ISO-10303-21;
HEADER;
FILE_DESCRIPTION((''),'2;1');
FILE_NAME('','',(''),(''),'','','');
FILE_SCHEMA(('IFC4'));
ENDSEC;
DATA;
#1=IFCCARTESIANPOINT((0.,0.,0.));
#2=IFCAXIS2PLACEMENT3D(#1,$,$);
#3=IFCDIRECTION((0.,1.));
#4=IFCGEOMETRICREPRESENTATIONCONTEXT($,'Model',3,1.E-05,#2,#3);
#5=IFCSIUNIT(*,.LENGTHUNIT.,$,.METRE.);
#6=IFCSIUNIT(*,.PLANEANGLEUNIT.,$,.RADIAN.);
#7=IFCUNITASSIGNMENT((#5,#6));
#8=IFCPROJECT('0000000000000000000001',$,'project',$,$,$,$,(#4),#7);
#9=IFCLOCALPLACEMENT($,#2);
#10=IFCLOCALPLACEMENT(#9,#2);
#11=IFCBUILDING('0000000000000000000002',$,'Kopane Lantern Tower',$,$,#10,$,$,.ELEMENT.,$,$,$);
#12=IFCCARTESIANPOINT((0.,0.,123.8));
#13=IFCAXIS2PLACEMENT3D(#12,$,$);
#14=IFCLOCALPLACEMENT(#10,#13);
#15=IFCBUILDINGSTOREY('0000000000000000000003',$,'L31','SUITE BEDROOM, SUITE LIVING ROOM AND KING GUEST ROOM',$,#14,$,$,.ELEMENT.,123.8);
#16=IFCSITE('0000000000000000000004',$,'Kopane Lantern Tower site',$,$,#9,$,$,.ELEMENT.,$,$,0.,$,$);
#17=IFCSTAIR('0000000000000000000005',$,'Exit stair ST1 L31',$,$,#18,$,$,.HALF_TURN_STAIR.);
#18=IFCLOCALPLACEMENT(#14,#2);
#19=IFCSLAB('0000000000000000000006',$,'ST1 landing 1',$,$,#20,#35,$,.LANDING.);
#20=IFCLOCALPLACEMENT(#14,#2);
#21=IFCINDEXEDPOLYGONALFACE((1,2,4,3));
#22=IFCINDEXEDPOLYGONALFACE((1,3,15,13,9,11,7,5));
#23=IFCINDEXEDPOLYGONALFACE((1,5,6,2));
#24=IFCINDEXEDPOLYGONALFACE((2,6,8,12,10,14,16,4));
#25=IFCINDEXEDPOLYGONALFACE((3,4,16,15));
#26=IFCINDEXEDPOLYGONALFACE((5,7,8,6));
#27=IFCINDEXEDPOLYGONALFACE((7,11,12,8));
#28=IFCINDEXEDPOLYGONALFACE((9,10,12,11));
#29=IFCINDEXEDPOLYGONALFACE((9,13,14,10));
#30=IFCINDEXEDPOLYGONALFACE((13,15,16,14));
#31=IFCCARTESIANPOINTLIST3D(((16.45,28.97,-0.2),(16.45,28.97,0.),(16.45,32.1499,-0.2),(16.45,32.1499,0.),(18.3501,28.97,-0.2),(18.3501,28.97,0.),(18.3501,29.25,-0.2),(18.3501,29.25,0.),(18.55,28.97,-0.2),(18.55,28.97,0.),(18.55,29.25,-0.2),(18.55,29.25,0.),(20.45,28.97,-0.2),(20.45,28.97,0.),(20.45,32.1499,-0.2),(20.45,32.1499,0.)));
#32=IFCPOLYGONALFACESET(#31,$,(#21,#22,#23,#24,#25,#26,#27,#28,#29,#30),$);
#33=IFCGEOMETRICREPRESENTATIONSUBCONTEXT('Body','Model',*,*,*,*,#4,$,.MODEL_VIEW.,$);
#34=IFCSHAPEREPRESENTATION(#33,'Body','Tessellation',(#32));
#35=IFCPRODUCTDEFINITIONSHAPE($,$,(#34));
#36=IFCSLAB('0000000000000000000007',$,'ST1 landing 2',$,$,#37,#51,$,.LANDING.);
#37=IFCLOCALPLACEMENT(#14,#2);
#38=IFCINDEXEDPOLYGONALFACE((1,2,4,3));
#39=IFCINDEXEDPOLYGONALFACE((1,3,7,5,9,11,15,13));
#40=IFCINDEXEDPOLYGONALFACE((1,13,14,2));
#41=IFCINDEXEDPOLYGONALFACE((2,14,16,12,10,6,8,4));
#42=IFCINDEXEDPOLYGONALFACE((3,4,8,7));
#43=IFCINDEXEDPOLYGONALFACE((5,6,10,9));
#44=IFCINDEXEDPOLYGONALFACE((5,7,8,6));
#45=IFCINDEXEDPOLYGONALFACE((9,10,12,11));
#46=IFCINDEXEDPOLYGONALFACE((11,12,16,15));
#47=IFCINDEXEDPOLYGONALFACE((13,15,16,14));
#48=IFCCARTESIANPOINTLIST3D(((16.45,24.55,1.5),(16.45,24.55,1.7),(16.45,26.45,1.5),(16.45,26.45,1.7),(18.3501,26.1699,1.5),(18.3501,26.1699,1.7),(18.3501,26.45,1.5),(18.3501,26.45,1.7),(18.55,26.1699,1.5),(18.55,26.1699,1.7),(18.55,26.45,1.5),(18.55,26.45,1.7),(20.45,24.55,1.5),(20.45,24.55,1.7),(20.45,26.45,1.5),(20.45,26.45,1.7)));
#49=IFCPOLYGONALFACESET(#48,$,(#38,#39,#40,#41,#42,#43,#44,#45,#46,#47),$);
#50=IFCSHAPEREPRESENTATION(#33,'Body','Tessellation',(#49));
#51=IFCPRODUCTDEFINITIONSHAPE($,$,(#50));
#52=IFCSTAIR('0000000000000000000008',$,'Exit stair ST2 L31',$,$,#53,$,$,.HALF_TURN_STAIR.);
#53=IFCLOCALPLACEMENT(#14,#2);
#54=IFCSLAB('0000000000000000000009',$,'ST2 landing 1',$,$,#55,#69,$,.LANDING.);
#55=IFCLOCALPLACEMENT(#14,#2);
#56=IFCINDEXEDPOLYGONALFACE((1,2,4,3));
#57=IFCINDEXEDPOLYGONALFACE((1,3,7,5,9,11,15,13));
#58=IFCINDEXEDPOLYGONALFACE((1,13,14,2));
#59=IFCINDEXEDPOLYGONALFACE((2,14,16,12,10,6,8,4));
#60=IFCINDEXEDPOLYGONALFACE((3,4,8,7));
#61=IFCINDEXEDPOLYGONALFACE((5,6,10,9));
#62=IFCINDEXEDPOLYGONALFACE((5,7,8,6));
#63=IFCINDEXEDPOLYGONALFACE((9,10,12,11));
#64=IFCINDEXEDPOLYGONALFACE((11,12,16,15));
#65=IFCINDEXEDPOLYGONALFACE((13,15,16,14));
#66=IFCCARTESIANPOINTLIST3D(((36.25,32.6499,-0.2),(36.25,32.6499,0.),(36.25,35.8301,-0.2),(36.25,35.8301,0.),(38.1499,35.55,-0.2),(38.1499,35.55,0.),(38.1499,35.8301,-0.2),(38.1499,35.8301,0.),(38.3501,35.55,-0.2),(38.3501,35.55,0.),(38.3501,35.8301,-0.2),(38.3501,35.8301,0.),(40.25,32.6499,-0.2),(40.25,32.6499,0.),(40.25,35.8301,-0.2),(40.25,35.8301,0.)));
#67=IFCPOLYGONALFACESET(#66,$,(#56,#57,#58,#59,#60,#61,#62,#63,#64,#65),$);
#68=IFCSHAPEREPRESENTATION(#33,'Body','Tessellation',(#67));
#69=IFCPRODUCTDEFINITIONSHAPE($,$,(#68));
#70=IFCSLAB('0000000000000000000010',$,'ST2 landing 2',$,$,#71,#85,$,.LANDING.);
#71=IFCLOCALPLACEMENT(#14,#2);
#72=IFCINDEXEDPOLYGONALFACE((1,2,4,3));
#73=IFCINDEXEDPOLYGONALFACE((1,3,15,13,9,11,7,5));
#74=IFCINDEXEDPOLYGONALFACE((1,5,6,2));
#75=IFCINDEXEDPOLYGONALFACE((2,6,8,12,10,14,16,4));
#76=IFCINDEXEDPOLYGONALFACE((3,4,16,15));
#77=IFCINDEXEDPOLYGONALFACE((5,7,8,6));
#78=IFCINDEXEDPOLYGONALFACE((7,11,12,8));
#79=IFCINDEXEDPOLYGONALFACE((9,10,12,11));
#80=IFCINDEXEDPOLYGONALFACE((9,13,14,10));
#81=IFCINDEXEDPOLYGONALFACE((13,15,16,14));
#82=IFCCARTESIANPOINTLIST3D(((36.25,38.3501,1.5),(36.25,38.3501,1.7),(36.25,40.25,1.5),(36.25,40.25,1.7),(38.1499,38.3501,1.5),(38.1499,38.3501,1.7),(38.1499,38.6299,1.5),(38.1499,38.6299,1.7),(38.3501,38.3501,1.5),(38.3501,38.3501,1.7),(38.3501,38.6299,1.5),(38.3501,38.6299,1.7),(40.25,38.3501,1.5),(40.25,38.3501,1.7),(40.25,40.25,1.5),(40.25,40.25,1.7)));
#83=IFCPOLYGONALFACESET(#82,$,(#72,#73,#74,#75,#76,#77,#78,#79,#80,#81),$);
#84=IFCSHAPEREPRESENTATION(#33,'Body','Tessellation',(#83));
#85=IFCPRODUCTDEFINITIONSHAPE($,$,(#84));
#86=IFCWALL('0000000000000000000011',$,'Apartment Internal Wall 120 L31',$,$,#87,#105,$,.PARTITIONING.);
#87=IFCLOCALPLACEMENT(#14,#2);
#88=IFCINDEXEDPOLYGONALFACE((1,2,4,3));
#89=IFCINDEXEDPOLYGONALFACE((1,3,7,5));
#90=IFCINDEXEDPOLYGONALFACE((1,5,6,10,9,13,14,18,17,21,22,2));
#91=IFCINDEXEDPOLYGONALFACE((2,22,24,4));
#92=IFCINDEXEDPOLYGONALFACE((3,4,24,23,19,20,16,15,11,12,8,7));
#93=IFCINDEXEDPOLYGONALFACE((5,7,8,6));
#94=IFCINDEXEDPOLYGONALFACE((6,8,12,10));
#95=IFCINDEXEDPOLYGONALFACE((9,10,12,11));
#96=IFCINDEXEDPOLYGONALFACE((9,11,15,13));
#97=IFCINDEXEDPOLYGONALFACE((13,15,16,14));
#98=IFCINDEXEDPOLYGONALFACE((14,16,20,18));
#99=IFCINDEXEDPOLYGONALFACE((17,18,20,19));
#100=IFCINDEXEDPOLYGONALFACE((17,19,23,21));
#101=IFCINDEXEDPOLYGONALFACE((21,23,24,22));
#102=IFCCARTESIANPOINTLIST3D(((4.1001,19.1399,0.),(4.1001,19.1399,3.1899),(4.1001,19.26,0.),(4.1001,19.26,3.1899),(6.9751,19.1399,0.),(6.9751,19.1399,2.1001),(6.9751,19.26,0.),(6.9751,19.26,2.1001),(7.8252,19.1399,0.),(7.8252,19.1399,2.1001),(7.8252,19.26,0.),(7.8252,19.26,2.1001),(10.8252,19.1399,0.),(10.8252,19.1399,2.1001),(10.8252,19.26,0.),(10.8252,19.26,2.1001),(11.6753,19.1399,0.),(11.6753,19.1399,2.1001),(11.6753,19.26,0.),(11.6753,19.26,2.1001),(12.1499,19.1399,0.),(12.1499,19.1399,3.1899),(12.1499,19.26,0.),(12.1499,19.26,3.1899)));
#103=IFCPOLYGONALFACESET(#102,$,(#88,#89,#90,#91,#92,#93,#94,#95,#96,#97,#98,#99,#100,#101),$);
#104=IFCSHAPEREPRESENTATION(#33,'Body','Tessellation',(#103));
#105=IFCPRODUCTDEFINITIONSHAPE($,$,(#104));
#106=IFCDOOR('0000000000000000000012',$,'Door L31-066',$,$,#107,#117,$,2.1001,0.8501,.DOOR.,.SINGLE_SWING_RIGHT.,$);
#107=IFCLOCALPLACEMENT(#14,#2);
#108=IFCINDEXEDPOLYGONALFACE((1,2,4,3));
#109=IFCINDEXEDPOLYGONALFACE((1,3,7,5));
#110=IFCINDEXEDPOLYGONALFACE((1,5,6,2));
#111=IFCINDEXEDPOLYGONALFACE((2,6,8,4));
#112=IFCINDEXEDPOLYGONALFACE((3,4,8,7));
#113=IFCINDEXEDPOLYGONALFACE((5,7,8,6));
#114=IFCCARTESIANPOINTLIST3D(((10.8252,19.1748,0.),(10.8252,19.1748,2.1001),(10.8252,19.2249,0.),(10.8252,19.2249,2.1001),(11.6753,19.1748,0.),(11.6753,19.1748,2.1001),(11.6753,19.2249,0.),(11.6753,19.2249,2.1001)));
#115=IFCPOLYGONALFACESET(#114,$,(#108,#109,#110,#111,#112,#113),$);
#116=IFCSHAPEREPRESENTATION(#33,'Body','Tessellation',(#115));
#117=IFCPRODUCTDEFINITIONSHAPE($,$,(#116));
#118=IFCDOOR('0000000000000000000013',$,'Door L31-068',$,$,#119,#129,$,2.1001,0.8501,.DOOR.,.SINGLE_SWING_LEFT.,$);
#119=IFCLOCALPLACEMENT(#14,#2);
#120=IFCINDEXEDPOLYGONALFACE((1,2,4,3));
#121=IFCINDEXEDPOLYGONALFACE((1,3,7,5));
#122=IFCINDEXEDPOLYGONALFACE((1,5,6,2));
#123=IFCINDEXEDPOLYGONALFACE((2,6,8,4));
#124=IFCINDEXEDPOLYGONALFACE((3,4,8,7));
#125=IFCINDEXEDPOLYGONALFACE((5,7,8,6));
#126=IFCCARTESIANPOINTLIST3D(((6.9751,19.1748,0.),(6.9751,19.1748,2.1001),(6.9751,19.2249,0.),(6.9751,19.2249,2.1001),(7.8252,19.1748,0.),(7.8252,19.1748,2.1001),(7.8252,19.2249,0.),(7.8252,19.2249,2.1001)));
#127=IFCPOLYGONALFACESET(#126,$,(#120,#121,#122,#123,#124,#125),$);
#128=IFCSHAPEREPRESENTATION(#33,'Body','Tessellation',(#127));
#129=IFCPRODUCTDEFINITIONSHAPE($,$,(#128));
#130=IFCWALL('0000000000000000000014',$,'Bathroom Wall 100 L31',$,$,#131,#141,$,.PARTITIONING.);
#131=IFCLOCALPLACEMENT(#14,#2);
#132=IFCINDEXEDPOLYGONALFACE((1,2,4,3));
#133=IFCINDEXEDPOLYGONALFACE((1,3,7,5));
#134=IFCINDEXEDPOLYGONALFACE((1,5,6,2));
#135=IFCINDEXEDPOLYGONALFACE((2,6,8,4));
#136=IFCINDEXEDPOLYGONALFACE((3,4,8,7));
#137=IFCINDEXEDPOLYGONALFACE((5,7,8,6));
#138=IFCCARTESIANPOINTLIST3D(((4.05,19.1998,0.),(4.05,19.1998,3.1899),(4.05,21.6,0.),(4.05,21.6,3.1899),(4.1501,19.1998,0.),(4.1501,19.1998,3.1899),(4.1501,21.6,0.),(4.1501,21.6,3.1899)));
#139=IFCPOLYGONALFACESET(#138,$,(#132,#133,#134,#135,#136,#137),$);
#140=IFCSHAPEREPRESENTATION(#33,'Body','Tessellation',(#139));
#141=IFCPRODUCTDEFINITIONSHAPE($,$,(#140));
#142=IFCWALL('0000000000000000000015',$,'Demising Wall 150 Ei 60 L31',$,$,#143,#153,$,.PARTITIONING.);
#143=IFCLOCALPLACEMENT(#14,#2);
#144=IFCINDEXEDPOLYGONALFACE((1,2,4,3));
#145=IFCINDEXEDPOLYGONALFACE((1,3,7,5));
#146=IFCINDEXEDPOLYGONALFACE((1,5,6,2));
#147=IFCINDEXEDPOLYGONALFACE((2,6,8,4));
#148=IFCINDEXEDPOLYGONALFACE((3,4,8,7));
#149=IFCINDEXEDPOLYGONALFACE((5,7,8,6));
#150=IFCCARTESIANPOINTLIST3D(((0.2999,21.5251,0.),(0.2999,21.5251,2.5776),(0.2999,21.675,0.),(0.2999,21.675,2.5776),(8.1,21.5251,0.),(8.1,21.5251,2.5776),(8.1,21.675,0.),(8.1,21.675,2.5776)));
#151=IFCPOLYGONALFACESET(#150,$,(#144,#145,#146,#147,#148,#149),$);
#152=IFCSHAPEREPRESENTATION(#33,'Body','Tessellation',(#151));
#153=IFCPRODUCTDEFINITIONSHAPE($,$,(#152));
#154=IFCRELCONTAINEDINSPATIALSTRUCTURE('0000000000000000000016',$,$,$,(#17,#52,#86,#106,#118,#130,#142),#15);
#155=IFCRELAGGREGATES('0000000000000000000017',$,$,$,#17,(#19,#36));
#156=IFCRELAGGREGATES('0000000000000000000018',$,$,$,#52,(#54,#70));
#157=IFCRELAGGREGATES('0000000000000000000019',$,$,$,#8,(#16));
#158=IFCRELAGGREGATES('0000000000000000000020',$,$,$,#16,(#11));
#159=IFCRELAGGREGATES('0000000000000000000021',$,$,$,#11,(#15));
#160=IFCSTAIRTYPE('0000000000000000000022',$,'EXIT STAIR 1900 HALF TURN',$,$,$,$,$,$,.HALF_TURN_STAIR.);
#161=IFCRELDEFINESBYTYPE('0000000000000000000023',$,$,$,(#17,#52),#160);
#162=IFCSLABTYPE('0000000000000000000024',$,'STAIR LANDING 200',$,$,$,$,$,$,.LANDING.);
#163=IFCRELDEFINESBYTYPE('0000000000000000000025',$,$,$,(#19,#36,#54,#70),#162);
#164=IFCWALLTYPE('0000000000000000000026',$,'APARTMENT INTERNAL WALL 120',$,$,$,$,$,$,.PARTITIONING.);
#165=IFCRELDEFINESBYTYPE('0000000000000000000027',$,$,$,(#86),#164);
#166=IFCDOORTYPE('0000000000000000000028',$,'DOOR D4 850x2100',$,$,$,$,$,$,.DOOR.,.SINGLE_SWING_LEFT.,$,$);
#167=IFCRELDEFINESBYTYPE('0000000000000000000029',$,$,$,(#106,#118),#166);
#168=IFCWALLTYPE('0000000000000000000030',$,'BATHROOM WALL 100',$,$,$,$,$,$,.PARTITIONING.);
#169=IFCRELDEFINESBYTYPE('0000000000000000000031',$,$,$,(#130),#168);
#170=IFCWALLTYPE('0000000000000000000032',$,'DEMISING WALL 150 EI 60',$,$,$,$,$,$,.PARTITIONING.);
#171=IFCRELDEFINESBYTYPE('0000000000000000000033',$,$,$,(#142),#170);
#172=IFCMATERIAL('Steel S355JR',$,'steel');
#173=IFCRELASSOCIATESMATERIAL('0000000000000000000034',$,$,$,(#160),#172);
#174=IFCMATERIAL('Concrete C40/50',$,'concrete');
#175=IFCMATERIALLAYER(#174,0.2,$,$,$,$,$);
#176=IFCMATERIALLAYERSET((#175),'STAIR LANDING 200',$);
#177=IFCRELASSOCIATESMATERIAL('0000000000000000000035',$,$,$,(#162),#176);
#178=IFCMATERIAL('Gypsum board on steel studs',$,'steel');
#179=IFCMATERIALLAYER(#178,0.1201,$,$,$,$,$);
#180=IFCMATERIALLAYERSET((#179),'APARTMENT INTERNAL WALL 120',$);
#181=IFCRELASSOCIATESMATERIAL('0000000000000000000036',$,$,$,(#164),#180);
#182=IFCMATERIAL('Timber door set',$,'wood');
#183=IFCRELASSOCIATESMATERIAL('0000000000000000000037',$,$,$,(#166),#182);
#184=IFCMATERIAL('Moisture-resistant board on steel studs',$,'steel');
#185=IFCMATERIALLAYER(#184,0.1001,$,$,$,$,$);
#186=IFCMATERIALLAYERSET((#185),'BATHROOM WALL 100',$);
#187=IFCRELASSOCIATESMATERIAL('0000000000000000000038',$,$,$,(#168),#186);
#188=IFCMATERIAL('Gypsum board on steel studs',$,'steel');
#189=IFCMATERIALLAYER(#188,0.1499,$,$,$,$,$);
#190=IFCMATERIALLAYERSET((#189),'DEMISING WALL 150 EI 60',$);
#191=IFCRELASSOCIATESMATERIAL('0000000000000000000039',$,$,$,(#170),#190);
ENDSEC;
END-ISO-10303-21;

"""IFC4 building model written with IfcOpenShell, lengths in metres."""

from ifc_helpers import new_model, si_unit, direction, frame, frame_2d, origin, place, context, subcontext, project, spatial, polyline, rectangle, outline, extrude, material, layer, layer_set, type_object, element, fill, aggregate, save


model = new_model("IFC4")

# Units and contexts
model_context = context("Model", 3, precision=1e-05, world=origin(), true_north=direction((0.0, 1.0)))
body_context = subcontext(model_context, "Body", "Model", "MODEL_VIEW")
ifc_project = project(units=[si_unit("LENGTHUNIT", "METRE"), si_unit("PLANEANGLEUNIT", "RADIAN")], contexts=[model_context])

# Site, building, storey
site_placement = place(None, origin())
site = spatial("IfcSite", under=ifc_project, at=site_placement, Name="Kopane Lantern Tower site", CompositionType="ELEMENT", RefElevation=0.0)
building_placement = place(site_placement, origin())
building = spatial("IfcBuilding", under=site, at=building_placement, Name="Kopane Lantern Tower", CompositionType="ELEMENT")
storey_placement = place(building_placement, frame((0.0, 0.0, 123.8)))
storey = spatial("IfcBuildingStorey", under=building, at=storey_placement, Name="L31", Description="SUITE BEDROOM, SUITE LIVING ROOM AND KING GUEST ROOM", CompositionType="ELEMENT", Elevation=123.8)

# Stairs, slabs
ifc_material_1 = material(Name="Steel S355JR", Category="steel")
stair_type = type_object("IfcStairType", Name="EXIT STAIR 1900 HALF TURN", PredefinedType="HALF_TURN_STAIR", material=ifc_material_1)
stair_1_placement = place(storey_placement, origin())
stair_1 = element("IfcStair", 1, at=stair_1_placement, inside=storey, type_object=stair_type, Name="Exit stair ST1 L31", PredefinedType="HALF_TURN_STAIR")
ifc_material_2 = material(Name="Concrete C40/50", Category="concrete")
ifc_layer_1 = layer(ifc_material_2, 0.2)
ifc_layer_set_1 = layer_set([ifc_layer_1], Name="STAIR LANDING 200")
slab_type_1 = type_object("IfcSlabType", Name="STAIR LANDING 200", PredefinedType="LANDING", material=ifc_layer_set_1)
slab_1_placement = place(storey_placement, frame((0.0, 0.0, -0.2)))
slab_1 = element("IfcSlab", 2, at=slab_1_placement, type_object=slab_type_1, Name="ST1 landing 1", PredefinedType="LANDING", context=body_context, shape_type="SweptSolid", body=[
    extrude(outline(polyline([(18.3501, 29.25), (18.55, 29.25), (18.55, 28.97), (20.45, 28.97), (20.45, 32.1499), (16.45, 32.1499), (16.45, 28.97), (18.3501, 28.97), (18.3501, 29.25)])), origin(), (0.0, 0.0, 1.0), 0.2),
])
slab_2_placement = place(storey_placement, frame((0.0, 0.0, 1.5)))
slab_2 = element("IfcSlab", 3, at=slab_2_placement, type_object=slab_type_1, Name="ST1 landing 2", PredefinedType="LANDING", context=body_context, shape_type="SweptSolid", body=[
    extrude(outline(polyline([(20.45, 26.45), (18.55, 26.45), (18.55, 26.1699), (18.3501, 26.1699), (18.3501, 26.45), (16.45, 26.45), (16.45, 24.55), (20.45, 24.55), (20.45, 26.45)])), origin(), (0.0, 0.0, 1.0), 0.2),
])
aggregate(stair_1, [slab_1, slab_2])
stair_2_placement = place(storey_placement, origin())
stair_2 = element("IfcStair", 4, at=stair_2_placement, inside=storey, type_object=stair_type, Name="Exit stair ST2 L31", PredefinedType="HALF_TURN_STAIR")
slab_3_placement = place(storey_placement, frame((0.0, 0.0, -0.2)))
slab_3 = element("IfcSlab", 5, at=slab_3_placement, type_object=slab_type_1, Name="ST2 landing 1", PredefinedType="LANDING", context=body_context, shape_type="SweptSolid", body=[
    extrude(outline(polyline([(40.25, 35.8301), (38.3501, 35.8301), (38.3501, 35.55), (38.1499, 35.55), (38.1499, 35.8301), (36.25, 35.8301), (36.25, 32.6499), (40.25, 32.6499), (40.25, 35.8301)])), origin(), (0.0, 0.0, 1.0), 0.2),
])
slab_4_placement = place(storey_placement, frame((0.0, 0.0, 1.5)))
slab_4 = element("IfcSlab", 6, at=slab_4_placement, type_object=slab_type_1, Name="ST2 landing 2", PredefinedType="LANDING", context=body_context, shape_type="SweptSolid", body=[
    extrude(outline(polyline([(38.1499, 38.6299), (38.3501, 38.6299), (38.3501, 38.3501), (40.25, 38.3501), (40.25, 40.25), (36.25, 40.25), (36.25, 38.3501), (38.1499, 38.3501), (38.1499, 38.6299)])), origin(), (0.0, 0.0, 1.0), 0.2),
])
aggregate(stair_2, [slab_3, slab_4])

# Wall, openings, doors
ifc_material_3 = material(Name="Gypsum board on steel studs", Category="steel")
ifc_layer_2 = layer(ifc_material_3, 0.1201)
ifc_layer_set_2 = layer_set([ifc_layer_2], Name="APARTMENT INTERNAL WALL 120")
wall_type_1 = type_object("IfcWallType", Name="APARTMENT INTERNAL WALL 120", PredefinedType="PARTITIONING", material=ifc_layer_set_2)
wall_1_placement = place(storey_placement, frame((4.1001, 19.2, 0.0), z_axis=(0.0, 0.0, 1.0), x_axis=(1.0, 0.0, 0.0)))
wall_1 = element("IfcWall", 7, at=wall_1_placement, inside=storey, type_object=wall_type_1, Name="Apartment Internal Wall 120 L31", PredefinedType="PARTITIONING", context=body_context, shape_type="SweptSolid", body=[
    extrude(rectangle(XDim=8.0498, YDim=0.1201, at=frame_2d((4.0249, 0.0))), origin(), (0.0, 0.0, 1.0), 3.1899),
])
opening_1_placement = place(wall_1_placement, frame((6.7251, 0.0, 0.0)))
opening_1 = element("IfcOpeningElement", 8, at=opening_1_placement, cuts=wall_1, PredefinedType="OPENING", context=body_context, shape_type="SweptSolid", body=[
    extrude(rectangle(XDim=0.8501, YDim=2.1001, at=frame_2d((0.425, 1.05))), frame((0.0, 0.0701, 0.0), z_axis=(0.0, -1.0, 0.0), x_axis=(1.0, 0.0, 0.0)), (0.0, 0.0, 1.0), 0.1401),
])
opening_2_placement = place(wall_1_placement, frame((2.875, 0.0, 0.0)))
opening_2 = element("IfcOpeningElement", 9, at=opening_2_placement, cuts=wall_1, PredefinedType="OPENING", context=body_context, shape_type="SweptSolid", body=[
    extrude(rectangle(XDim=0.8501, YDim=2.1001, at=frame_2d((0.425, 1.05))), frame((0.0, 0.0701, 0.0), z_axis=(0.0, -1.0, 0.0), x_axis=(1.0, 0.0, 0.0)), (0.0, 0.0, 1.0), 0.1401),
])
ifc_material_4 = material(Name="Timber door set", Category="wood")
door_type = type_object("IfcDoorType", Name="DOOR D4 850x2100", OperationType="SINGLE_SWING_LEFT", PredefinedType="DOOR", material=ifc_material_4)
door_1_placement = place(opening_1_placement, origin())
door_1 = element("IfcDoor", 10, at=door_1_placement, inside=storey, type_object=door_type, Name="Door L31-066", OperationType="SINGLE_SWING_RIGHT", OverallHeight=2.1001, OverallWidth=0.8501, PredefinedType="DOOR", context=body_context, shape_type="SweptSolid", body=[
    extrude(rectangle(XDim=0.8501, YDim=2.1001, at=frame_2d((0.425, 1.05))), frame((0.0, 0.0249, 0.0), z_axis=(0.0, -1.0, 0.0), x_axis=(1.0, 0.0, 0.0)), (0.0, 0.0, 1.0), 0.05),
])
fill(opening_1, door_1)
door_2_placement = place(opening_2_placement, origin())
door_2 = element("IfcDoor", 11, at=door_2_placement, inside=storey, type_object=door_type, Name="Door L31-068", OperationType="SINGLE_SWING_LEFT", OverallHeight=2.1001, OverallWidth=0.8501, PredefinedType="DOOR", context=body_context, shape_type="SweptSolid", body=[
    extrude(rectangle(XDim=0.8501, YDim=2.1001, at=frame_2d((0.425, 1.05))), frame((0.0, 0.0249, 0.0), z_axis=(0.0, -1.0, 0.0), x_axis=(1.0, 0.0, 0.0)), (0.0, 0.0, 1.0), 0.05),
])
fill(opening_2, door_2)

# Walls
ifc_material_5 = material(Name="Moisture-resistant board on steel studs", Category="steel")
ifc_layer_3 = layer(ifc_material_5, 0.1001)
ifc_layer_set_3 = layer_set([ifc_layer_3], Name="BATHROOM WALL 100")
wall_type_2 = type_object("IfcWallType", Name="BATHROOM WALL 100", PredefinedType="PARTITIONING", material=ifc_layer_set_3)
wall_2_placement = place(storey_placement, frame((4.1001, 21.6001, 0.0), z_axis=(0.0, 0.0, 1.0), x_axis=(0.0, -1.0, 0.0)))
element("IfcWall", 12, at=wall_2_placement, inside=storey, type_object=wall_type_2, Name="Bathroom Wall 100 L31", PredefinedType="PARTITIONING", context=body_context, shape_type="SweptSolid", body=[
    extrude(rectangle(XDim=2.4001, YDim=0.1001, at=frame_2d((1.2002, 0.0))), origin(), (0.0, 0.0, 1.0), 3.1899),
])
ifc_material_6 = material(Name="Gypsum board on steel studs", Category="steel")
ifc_layer_4 = layer(ifc_material_6, 0.1499)
ifc_layer_set_4 = layer_set([ifc_layer_4], Name="DEMISING WALL 150 EI 60")
wall_type_3 = type_object("IfcWallType", Name="DEMISING WALL 150 EI 60", PredefinedType="PARTITIONING", material=ifc_layer_set_4)
wall_3_placement = place(storey_placement, frame((0.3, 21.6001, 0.0), z_axis=(0.0, 0.0, 1.0), x_axis=(1.0, 0.0, 0.0)))
element("IfcWall", 13, at=wall_3_placement, inside=storey, type_object=wall_type_3, Name="Demising Wall 150 Ei 60 L31", PredefinedType="PARTITIONING", context=body_context, shape_type="SweptSolid", body=[
    extrude(rectangle(XDim=7.8, YDim=0.1499, at=frame_2d((3.8999, 0.0))), origin(), (0.0, 0.0, 1.0), 2.5776),
])

save(model, "model.ifc")
